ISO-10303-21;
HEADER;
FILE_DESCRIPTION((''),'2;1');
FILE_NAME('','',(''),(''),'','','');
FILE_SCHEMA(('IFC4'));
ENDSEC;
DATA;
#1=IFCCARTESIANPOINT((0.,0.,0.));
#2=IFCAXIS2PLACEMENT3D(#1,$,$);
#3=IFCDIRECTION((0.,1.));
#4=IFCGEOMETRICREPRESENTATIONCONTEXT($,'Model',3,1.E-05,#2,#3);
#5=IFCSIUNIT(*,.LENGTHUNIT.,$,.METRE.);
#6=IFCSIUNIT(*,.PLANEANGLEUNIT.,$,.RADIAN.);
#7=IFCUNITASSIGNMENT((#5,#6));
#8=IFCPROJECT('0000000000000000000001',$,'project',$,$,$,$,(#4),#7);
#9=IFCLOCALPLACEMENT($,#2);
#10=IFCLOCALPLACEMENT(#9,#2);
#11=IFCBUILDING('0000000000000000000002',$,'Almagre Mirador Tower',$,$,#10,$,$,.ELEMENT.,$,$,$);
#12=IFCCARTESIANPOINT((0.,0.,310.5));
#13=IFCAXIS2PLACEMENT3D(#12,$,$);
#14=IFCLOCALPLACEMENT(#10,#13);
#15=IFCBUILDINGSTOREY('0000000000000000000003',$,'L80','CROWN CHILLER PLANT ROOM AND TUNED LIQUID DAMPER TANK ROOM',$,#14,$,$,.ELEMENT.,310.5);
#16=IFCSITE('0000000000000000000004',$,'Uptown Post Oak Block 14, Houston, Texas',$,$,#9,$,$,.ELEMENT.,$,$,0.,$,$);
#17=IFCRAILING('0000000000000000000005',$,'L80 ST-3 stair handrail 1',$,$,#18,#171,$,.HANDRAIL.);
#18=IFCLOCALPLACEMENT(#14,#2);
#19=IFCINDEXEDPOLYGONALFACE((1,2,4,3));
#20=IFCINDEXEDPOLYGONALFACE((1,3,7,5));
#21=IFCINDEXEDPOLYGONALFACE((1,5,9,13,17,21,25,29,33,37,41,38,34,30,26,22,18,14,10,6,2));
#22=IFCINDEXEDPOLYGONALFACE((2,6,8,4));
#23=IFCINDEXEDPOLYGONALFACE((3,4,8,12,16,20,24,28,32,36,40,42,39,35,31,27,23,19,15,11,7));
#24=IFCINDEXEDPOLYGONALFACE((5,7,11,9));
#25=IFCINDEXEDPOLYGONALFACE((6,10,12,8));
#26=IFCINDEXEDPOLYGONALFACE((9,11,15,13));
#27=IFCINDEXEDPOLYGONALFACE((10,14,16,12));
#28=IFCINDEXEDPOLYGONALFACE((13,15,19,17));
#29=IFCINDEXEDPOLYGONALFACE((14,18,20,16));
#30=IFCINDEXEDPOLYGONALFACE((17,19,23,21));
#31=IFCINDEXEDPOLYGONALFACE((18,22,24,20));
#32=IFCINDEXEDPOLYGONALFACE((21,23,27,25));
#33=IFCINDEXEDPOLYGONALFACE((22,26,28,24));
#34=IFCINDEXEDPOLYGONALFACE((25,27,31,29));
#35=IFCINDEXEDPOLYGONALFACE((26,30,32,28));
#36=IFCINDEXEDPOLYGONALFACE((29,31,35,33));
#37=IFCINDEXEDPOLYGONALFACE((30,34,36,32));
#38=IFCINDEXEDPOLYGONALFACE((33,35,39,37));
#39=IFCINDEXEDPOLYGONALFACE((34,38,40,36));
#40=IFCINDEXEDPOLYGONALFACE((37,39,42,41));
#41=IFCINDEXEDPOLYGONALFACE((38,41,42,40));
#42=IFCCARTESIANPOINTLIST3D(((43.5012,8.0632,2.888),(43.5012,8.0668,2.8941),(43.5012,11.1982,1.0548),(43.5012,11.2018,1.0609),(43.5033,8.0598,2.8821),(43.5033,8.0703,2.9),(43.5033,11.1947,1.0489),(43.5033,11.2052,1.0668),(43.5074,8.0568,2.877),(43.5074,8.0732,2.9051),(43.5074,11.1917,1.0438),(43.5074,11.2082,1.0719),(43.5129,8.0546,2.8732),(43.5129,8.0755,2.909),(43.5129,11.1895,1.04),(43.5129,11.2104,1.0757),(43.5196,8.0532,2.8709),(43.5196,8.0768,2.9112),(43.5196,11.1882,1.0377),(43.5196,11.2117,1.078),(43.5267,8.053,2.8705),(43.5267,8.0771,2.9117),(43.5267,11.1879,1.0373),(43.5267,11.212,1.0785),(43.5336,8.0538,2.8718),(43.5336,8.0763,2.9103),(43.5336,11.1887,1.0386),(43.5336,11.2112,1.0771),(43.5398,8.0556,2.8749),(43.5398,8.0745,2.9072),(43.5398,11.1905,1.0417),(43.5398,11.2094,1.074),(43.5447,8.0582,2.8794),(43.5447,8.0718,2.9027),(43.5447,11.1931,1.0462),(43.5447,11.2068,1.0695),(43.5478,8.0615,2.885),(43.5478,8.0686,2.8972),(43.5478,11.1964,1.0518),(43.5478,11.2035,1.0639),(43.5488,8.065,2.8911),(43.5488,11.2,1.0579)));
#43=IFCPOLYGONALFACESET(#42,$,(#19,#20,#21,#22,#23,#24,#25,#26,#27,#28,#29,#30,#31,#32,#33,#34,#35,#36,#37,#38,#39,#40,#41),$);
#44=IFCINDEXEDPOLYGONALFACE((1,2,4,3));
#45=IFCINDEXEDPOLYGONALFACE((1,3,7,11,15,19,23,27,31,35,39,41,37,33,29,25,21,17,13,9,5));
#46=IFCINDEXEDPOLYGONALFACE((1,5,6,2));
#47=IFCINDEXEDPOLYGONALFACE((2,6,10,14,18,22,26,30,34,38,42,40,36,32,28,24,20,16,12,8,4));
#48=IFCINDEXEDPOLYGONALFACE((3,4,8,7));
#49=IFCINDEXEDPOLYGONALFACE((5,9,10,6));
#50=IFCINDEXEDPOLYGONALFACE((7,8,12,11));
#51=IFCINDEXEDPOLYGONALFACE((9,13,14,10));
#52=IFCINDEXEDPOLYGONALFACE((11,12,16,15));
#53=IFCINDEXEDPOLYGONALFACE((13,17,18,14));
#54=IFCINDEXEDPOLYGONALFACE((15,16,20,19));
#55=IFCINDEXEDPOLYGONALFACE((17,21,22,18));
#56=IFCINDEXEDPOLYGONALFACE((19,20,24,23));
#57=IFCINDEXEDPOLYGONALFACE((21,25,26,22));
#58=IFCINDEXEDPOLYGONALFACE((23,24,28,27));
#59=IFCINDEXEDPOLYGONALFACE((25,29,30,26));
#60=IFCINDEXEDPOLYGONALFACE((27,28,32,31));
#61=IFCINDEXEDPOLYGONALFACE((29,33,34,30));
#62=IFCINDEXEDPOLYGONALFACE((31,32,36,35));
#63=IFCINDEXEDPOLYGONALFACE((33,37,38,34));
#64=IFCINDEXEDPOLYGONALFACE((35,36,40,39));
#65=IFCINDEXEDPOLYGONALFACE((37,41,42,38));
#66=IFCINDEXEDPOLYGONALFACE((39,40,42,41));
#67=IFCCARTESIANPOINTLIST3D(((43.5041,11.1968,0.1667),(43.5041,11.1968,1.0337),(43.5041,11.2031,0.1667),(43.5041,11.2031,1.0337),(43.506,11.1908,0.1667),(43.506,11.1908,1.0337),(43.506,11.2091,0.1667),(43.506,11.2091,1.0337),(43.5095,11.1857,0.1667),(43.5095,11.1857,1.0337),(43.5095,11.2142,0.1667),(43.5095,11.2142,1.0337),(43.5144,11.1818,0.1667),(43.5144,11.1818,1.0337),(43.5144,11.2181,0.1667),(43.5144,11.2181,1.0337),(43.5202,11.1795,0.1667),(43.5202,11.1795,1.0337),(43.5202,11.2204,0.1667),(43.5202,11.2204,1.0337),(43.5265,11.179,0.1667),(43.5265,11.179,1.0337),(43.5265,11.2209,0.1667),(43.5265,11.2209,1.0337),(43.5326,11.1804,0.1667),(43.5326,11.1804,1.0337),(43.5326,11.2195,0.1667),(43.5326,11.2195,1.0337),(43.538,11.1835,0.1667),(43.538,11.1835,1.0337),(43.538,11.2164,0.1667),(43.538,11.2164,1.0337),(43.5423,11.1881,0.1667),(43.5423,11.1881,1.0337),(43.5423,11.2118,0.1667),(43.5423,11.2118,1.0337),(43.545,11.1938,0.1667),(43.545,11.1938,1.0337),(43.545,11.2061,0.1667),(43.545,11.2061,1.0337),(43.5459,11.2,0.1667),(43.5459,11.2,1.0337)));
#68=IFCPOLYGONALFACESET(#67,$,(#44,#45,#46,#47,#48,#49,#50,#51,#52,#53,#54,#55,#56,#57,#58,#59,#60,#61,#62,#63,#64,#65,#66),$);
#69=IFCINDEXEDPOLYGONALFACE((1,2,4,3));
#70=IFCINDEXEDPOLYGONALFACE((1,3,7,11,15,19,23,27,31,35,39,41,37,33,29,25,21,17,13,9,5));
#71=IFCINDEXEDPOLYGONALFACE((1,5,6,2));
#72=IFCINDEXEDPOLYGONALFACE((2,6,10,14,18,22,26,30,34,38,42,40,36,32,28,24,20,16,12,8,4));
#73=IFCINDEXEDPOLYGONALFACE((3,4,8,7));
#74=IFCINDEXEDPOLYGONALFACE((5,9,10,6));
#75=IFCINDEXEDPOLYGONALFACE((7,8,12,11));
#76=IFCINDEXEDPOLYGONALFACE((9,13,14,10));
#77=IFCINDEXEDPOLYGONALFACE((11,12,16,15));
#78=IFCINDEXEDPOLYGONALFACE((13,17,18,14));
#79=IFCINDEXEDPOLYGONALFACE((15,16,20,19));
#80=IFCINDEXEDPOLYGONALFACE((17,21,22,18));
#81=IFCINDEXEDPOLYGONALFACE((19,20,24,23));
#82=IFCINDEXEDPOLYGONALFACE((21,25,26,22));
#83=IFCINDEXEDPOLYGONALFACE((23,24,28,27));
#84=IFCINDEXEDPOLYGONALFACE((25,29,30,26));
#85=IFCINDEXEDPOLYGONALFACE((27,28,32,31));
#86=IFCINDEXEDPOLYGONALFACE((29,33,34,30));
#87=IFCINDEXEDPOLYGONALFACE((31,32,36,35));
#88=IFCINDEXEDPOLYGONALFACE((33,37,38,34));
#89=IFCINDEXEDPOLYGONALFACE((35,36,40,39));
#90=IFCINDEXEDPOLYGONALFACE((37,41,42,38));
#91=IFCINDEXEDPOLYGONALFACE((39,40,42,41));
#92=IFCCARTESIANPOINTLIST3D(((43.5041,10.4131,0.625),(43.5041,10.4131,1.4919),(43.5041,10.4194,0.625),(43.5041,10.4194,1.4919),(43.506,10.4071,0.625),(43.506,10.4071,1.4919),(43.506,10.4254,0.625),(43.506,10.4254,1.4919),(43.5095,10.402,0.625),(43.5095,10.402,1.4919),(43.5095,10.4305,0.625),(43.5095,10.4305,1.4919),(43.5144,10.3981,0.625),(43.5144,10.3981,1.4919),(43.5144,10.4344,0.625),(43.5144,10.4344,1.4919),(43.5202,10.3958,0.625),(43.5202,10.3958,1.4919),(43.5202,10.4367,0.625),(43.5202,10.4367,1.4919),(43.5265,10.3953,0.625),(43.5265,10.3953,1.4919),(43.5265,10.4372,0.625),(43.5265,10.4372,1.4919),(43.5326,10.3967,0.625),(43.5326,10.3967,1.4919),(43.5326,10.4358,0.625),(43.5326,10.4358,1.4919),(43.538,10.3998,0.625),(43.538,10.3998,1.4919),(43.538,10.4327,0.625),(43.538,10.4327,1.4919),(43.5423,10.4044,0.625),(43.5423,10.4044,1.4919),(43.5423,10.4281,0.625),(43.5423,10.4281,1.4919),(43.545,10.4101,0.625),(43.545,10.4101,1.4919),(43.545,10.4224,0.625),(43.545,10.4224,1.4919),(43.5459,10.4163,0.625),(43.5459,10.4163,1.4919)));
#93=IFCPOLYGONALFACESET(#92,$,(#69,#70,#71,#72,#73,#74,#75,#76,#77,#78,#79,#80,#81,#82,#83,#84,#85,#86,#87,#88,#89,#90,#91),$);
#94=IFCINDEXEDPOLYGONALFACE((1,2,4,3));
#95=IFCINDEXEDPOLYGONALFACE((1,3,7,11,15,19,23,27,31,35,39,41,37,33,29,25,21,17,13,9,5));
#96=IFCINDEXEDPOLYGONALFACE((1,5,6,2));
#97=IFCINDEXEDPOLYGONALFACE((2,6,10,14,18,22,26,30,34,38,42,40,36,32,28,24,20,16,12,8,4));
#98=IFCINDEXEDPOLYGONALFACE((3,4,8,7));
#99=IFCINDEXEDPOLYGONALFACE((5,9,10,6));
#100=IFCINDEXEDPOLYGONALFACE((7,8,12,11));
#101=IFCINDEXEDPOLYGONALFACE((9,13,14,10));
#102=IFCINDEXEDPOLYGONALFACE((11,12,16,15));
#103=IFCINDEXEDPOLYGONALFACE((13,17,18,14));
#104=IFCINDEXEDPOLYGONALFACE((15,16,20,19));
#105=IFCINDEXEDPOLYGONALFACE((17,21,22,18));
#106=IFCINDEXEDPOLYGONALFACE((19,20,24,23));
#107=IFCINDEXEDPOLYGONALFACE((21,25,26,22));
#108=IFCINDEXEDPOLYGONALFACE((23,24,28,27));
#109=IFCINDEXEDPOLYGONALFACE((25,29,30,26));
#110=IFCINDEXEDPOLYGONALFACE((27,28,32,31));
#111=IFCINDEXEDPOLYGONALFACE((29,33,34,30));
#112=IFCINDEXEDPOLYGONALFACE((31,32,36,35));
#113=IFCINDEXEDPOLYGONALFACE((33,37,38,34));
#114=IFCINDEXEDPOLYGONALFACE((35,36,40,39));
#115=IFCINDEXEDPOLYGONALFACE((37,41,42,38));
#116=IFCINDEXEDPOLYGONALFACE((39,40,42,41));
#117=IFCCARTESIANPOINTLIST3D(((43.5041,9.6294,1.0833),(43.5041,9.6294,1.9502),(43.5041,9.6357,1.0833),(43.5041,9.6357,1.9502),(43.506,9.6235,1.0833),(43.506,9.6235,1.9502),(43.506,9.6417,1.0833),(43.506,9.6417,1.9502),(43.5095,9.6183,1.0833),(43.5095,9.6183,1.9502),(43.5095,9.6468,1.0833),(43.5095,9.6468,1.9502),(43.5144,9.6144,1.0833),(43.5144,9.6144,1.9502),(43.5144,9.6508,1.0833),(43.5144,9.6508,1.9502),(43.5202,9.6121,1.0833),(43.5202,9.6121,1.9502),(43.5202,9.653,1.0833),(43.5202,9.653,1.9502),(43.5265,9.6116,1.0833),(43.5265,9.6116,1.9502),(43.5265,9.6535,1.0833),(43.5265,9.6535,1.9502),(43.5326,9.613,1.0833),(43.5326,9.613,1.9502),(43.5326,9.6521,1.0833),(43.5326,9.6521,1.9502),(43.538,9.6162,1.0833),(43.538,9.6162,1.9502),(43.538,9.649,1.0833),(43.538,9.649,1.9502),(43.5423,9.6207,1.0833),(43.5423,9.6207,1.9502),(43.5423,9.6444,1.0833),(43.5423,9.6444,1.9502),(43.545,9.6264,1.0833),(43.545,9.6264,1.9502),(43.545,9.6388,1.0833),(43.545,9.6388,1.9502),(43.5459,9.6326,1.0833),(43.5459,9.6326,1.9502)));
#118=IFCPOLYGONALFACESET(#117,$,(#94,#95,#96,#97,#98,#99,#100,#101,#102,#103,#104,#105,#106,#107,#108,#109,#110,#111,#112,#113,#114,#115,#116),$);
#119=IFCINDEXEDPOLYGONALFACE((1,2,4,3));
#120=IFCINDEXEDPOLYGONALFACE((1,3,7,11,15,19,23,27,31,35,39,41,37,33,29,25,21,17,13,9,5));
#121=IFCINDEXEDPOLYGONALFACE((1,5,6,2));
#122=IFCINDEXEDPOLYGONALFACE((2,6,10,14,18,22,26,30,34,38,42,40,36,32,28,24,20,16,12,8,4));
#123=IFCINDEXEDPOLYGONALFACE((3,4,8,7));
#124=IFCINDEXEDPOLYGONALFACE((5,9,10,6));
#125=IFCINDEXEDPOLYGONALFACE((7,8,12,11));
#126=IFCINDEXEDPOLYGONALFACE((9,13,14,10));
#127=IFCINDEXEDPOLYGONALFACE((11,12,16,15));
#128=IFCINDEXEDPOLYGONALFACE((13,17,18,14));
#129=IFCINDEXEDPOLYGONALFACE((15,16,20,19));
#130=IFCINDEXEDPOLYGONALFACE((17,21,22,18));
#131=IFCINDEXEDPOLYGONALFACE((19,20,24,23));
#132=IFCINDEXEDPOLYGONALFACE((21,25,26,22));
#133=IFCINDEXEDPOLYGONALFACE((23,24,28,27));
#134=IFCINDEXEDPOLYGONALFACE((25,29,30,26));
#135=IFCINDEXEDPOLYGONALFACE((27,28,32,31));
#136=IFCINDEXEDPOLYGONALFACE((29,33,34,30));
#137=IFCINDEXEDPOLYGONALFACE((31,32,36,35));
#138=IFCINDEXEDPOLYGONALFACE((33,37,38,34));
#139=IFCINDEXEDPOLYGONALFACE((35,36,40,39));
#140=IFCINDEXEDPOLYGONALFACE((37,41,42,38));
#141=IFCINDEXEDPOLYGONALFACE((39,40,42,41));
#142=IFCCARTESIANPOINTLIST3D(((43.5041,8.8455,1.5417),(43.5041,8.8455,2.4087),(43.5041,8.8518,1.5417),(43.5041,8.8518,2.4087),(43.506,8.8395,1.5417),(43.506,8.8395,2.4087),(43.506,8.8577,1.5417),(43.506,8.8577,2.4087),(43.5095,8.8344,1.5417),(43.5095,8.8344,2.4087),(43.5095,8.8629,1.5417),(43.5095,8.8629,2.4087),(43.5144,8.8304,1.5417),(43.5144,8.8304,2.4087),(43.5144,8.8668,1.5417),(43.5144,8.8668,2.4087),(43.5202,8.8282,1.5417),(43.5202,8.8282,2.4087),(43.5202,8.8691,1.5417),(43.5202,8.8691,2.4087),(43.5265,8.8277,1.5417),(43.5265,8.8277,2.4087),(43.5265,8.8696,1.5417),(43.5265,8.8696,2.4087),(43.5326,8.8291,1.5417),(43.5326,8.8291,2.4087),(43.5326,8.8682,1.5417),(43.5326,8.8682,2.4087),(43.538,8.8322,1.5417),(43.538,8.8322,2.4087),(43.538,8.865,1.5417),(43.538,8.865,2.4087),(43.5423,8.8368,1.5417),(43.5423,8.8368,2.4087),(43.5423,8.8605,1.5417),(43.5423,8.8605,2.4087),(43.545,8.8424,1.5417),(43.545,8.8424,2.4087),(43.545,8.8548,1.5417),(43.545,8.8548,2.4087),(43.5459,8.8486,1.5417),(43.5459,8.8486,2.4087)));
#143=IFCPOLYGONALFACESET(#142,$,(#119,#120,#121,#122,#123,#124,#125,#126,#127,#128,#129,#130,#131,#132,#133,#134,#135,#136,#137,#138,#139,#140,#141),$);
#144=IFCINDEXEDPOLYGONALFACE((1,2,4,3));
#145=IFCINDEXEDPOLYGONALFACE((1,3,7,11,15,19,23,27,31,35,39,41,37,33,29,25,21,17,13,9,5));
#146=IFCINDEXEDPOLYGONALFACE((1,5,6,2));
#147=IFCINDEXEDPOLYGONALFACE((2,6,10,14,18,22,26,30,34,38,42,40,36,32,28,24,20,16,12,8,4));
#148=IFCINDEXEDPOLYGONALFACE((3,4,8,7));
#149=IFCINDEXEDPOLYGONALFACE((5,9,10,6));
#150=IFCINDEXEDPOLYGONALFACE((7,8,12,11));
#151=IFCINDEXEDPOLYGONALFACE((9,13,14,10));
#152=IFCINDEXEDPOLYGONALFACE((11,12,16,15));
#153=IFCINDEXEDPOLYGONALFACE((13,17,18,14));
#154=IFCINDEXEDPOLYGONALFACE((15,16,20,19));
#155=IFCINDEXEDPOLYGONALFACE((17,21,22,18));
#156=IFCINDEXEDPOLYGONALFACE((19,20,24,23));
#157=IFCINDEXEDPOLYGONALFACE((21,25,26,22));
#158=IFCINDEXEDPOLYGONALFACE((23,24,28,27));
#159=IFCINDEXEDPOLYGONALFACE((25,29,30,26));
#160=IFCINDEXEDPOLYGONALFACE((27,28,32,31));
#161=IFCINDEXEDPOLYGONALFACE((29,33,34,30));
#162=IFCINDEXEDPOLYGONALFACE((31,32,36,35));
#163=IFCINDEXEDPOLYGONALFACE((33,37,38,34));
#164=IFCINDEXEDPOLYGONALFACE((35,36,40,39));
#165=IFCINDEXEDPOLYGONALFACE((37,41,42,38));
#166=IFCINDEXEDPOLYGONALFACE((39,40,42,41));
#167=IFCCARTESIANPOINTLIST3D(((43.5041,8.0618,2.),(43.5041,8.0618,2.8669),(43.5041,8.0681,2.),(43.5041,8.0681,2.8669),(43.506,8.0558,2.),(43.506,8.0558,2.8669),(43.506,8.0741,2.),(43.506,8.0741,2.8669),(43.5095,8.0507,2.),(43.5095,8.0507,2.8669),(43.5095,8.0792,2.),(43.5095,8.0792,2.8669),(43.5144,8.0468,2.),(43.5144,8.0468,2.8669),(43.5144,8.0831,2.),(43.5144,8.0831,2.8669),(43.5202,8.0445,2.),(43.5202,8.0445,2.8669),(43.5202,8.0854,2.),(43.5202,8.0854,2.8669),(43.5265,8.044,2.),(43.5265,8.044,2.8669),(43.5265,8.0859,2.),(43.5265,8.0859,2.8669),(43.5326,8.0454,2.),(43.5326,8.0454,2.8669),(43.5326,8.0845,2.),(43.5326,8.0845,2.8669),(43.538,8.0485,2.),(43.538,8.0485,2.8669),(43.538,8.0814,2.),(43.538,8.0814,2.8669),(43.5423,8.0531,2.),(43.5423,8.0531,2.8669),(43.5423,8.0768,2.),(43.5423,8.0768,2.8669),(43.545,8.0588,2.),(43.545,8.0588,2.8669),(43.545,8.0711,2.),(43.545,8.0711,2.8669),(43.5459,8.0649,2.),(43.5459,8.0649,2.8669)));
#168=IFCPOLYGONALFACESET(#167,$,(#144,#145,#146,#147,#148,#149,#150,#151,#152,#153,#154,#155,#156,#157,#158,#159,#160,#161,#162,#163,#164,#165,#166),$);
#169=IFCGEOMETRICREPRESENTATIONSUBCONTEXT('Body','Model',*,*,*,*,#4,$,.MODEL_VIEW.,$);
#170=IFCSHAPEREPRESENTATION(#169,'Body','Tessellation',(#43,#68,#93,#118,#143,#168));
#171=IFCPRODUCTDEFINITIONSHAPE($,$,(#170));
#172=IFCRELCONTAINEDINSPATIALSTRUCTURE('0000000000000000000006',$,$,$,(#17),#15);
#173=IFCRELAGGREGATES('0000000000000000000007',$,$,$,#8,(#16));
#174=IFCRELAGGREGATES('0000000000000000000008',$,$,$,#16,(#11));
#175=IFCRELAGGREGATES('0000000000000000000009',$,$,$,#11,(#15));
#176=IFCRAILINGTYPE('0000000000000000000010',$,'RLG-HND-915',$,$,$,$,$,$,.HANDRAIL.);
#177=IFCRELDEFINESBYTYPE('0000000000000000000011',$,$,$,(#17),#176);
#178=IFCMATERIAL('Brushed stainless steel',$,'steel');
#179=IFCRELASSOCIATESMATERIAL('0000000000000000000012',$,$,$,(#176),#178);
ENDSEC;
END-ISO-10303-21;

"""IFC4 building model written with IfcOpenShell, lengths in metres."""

from ifc_helpers import new_model, si_unit, direction, frame, origin, origin_2d, place, context, subcontext, project, spatial, circle, extrude, material, type_object, element, save


model = new_model("IFC4")

# Units and contexts
model_context = context("Model", 3, precision=1e-05, world=origin(), true_north=direction((0.0, 1.0)))
body_context = subcontext(model_context, "Body", "Model", "MODEL_VIEW")
ifc_project = project(units=[si_unit("LENGTHUNIT", "METRE"), si_unit("PLANEANGLEUNIT", "RADIAN")], contexts=[model_context])

# Site, building, storey
site_placement = place(None, origin())
site = spatial("IfcSite", under=ifc_project, at=site_placement, Name="Uptown Post Oak Block 14, Houston, Texas", CompositionType="ELEMENT", RefElevation=0.0)
building_placement = place(site_placement, origin())
building = spatial("IfcBuilding", under=site, at=building_placement, Name="Almagre Mirador Tower", CompositionType="ELEMENT")
storey_placement = place(building_placement, frame((0.0, 0.0, 310.5)))
storey = spatial("IfcBuildingStorey", under=building, at=storey_placement, Name="L80", Description="CROWN CHILLER PLANT ROOM AND TUNED LIQUID DAMPER TANK ROOM", CompositionType="ELEMENT", Elevation=310.5)

# Railing
ifc_material_1 = material(Name="Brushed stainless steel", Category="steel")
railing_type_1 = type_object("IfcRailingType", Name="RLG-HND-915", PredefinedType="HANDRAIL", material=ifc_material_1)
railing_1_placement = place(storey_placement, frame((43.5249, 11.2, 0.1667)))
element("IfcRailing", 1, at=railing_1_placement, inside=storey, type_object=railing_type_1, Name="L80 ST-3 stair handrail 1", PredefinedType="HANDRAIL", context=body_context, shape_type="SweptSolid", body=[
    extrude(circle(Radius=0.0239, at=origin_2d()), frame((0.0, 0.0, 0.8911), z_axis=(0.0, -0.86324, 0.504794), x_axis=(1.0, 0.0, 0.0)), (0.0, 0.0, 1.0), 3.6316),
    extrude(circle(Radius=0.021, at=origin_2d()), origin(), (0.0, 0.0, 1.0), 0.8669),
    extrude(circle(Radius=0.021, at=origin_2d()), frame((0.0, -0.7837, 0.4583)), (0.0, 0.0, 1.0), 0.8669),
    extrude(circle(Radius=0.021, at=origin_2d()), frame((0.0, -1.5674, 0.9165)), (0.0, 0.0, 1.0), 0.8669),
    extrude(circle(Radius=0.021, at=origin_2d()), frame((0.0, -2.3513, 1.375)), (0.0, 0.0, 1.0), 0.8669),
    extrude(circle(Radius=0.021, at=origin_2d()), frame((0.0, -3.135, 1.8333)), (0.0, 0.0, 1.0), 0.8669),
])

save(model, "model.ifc")
